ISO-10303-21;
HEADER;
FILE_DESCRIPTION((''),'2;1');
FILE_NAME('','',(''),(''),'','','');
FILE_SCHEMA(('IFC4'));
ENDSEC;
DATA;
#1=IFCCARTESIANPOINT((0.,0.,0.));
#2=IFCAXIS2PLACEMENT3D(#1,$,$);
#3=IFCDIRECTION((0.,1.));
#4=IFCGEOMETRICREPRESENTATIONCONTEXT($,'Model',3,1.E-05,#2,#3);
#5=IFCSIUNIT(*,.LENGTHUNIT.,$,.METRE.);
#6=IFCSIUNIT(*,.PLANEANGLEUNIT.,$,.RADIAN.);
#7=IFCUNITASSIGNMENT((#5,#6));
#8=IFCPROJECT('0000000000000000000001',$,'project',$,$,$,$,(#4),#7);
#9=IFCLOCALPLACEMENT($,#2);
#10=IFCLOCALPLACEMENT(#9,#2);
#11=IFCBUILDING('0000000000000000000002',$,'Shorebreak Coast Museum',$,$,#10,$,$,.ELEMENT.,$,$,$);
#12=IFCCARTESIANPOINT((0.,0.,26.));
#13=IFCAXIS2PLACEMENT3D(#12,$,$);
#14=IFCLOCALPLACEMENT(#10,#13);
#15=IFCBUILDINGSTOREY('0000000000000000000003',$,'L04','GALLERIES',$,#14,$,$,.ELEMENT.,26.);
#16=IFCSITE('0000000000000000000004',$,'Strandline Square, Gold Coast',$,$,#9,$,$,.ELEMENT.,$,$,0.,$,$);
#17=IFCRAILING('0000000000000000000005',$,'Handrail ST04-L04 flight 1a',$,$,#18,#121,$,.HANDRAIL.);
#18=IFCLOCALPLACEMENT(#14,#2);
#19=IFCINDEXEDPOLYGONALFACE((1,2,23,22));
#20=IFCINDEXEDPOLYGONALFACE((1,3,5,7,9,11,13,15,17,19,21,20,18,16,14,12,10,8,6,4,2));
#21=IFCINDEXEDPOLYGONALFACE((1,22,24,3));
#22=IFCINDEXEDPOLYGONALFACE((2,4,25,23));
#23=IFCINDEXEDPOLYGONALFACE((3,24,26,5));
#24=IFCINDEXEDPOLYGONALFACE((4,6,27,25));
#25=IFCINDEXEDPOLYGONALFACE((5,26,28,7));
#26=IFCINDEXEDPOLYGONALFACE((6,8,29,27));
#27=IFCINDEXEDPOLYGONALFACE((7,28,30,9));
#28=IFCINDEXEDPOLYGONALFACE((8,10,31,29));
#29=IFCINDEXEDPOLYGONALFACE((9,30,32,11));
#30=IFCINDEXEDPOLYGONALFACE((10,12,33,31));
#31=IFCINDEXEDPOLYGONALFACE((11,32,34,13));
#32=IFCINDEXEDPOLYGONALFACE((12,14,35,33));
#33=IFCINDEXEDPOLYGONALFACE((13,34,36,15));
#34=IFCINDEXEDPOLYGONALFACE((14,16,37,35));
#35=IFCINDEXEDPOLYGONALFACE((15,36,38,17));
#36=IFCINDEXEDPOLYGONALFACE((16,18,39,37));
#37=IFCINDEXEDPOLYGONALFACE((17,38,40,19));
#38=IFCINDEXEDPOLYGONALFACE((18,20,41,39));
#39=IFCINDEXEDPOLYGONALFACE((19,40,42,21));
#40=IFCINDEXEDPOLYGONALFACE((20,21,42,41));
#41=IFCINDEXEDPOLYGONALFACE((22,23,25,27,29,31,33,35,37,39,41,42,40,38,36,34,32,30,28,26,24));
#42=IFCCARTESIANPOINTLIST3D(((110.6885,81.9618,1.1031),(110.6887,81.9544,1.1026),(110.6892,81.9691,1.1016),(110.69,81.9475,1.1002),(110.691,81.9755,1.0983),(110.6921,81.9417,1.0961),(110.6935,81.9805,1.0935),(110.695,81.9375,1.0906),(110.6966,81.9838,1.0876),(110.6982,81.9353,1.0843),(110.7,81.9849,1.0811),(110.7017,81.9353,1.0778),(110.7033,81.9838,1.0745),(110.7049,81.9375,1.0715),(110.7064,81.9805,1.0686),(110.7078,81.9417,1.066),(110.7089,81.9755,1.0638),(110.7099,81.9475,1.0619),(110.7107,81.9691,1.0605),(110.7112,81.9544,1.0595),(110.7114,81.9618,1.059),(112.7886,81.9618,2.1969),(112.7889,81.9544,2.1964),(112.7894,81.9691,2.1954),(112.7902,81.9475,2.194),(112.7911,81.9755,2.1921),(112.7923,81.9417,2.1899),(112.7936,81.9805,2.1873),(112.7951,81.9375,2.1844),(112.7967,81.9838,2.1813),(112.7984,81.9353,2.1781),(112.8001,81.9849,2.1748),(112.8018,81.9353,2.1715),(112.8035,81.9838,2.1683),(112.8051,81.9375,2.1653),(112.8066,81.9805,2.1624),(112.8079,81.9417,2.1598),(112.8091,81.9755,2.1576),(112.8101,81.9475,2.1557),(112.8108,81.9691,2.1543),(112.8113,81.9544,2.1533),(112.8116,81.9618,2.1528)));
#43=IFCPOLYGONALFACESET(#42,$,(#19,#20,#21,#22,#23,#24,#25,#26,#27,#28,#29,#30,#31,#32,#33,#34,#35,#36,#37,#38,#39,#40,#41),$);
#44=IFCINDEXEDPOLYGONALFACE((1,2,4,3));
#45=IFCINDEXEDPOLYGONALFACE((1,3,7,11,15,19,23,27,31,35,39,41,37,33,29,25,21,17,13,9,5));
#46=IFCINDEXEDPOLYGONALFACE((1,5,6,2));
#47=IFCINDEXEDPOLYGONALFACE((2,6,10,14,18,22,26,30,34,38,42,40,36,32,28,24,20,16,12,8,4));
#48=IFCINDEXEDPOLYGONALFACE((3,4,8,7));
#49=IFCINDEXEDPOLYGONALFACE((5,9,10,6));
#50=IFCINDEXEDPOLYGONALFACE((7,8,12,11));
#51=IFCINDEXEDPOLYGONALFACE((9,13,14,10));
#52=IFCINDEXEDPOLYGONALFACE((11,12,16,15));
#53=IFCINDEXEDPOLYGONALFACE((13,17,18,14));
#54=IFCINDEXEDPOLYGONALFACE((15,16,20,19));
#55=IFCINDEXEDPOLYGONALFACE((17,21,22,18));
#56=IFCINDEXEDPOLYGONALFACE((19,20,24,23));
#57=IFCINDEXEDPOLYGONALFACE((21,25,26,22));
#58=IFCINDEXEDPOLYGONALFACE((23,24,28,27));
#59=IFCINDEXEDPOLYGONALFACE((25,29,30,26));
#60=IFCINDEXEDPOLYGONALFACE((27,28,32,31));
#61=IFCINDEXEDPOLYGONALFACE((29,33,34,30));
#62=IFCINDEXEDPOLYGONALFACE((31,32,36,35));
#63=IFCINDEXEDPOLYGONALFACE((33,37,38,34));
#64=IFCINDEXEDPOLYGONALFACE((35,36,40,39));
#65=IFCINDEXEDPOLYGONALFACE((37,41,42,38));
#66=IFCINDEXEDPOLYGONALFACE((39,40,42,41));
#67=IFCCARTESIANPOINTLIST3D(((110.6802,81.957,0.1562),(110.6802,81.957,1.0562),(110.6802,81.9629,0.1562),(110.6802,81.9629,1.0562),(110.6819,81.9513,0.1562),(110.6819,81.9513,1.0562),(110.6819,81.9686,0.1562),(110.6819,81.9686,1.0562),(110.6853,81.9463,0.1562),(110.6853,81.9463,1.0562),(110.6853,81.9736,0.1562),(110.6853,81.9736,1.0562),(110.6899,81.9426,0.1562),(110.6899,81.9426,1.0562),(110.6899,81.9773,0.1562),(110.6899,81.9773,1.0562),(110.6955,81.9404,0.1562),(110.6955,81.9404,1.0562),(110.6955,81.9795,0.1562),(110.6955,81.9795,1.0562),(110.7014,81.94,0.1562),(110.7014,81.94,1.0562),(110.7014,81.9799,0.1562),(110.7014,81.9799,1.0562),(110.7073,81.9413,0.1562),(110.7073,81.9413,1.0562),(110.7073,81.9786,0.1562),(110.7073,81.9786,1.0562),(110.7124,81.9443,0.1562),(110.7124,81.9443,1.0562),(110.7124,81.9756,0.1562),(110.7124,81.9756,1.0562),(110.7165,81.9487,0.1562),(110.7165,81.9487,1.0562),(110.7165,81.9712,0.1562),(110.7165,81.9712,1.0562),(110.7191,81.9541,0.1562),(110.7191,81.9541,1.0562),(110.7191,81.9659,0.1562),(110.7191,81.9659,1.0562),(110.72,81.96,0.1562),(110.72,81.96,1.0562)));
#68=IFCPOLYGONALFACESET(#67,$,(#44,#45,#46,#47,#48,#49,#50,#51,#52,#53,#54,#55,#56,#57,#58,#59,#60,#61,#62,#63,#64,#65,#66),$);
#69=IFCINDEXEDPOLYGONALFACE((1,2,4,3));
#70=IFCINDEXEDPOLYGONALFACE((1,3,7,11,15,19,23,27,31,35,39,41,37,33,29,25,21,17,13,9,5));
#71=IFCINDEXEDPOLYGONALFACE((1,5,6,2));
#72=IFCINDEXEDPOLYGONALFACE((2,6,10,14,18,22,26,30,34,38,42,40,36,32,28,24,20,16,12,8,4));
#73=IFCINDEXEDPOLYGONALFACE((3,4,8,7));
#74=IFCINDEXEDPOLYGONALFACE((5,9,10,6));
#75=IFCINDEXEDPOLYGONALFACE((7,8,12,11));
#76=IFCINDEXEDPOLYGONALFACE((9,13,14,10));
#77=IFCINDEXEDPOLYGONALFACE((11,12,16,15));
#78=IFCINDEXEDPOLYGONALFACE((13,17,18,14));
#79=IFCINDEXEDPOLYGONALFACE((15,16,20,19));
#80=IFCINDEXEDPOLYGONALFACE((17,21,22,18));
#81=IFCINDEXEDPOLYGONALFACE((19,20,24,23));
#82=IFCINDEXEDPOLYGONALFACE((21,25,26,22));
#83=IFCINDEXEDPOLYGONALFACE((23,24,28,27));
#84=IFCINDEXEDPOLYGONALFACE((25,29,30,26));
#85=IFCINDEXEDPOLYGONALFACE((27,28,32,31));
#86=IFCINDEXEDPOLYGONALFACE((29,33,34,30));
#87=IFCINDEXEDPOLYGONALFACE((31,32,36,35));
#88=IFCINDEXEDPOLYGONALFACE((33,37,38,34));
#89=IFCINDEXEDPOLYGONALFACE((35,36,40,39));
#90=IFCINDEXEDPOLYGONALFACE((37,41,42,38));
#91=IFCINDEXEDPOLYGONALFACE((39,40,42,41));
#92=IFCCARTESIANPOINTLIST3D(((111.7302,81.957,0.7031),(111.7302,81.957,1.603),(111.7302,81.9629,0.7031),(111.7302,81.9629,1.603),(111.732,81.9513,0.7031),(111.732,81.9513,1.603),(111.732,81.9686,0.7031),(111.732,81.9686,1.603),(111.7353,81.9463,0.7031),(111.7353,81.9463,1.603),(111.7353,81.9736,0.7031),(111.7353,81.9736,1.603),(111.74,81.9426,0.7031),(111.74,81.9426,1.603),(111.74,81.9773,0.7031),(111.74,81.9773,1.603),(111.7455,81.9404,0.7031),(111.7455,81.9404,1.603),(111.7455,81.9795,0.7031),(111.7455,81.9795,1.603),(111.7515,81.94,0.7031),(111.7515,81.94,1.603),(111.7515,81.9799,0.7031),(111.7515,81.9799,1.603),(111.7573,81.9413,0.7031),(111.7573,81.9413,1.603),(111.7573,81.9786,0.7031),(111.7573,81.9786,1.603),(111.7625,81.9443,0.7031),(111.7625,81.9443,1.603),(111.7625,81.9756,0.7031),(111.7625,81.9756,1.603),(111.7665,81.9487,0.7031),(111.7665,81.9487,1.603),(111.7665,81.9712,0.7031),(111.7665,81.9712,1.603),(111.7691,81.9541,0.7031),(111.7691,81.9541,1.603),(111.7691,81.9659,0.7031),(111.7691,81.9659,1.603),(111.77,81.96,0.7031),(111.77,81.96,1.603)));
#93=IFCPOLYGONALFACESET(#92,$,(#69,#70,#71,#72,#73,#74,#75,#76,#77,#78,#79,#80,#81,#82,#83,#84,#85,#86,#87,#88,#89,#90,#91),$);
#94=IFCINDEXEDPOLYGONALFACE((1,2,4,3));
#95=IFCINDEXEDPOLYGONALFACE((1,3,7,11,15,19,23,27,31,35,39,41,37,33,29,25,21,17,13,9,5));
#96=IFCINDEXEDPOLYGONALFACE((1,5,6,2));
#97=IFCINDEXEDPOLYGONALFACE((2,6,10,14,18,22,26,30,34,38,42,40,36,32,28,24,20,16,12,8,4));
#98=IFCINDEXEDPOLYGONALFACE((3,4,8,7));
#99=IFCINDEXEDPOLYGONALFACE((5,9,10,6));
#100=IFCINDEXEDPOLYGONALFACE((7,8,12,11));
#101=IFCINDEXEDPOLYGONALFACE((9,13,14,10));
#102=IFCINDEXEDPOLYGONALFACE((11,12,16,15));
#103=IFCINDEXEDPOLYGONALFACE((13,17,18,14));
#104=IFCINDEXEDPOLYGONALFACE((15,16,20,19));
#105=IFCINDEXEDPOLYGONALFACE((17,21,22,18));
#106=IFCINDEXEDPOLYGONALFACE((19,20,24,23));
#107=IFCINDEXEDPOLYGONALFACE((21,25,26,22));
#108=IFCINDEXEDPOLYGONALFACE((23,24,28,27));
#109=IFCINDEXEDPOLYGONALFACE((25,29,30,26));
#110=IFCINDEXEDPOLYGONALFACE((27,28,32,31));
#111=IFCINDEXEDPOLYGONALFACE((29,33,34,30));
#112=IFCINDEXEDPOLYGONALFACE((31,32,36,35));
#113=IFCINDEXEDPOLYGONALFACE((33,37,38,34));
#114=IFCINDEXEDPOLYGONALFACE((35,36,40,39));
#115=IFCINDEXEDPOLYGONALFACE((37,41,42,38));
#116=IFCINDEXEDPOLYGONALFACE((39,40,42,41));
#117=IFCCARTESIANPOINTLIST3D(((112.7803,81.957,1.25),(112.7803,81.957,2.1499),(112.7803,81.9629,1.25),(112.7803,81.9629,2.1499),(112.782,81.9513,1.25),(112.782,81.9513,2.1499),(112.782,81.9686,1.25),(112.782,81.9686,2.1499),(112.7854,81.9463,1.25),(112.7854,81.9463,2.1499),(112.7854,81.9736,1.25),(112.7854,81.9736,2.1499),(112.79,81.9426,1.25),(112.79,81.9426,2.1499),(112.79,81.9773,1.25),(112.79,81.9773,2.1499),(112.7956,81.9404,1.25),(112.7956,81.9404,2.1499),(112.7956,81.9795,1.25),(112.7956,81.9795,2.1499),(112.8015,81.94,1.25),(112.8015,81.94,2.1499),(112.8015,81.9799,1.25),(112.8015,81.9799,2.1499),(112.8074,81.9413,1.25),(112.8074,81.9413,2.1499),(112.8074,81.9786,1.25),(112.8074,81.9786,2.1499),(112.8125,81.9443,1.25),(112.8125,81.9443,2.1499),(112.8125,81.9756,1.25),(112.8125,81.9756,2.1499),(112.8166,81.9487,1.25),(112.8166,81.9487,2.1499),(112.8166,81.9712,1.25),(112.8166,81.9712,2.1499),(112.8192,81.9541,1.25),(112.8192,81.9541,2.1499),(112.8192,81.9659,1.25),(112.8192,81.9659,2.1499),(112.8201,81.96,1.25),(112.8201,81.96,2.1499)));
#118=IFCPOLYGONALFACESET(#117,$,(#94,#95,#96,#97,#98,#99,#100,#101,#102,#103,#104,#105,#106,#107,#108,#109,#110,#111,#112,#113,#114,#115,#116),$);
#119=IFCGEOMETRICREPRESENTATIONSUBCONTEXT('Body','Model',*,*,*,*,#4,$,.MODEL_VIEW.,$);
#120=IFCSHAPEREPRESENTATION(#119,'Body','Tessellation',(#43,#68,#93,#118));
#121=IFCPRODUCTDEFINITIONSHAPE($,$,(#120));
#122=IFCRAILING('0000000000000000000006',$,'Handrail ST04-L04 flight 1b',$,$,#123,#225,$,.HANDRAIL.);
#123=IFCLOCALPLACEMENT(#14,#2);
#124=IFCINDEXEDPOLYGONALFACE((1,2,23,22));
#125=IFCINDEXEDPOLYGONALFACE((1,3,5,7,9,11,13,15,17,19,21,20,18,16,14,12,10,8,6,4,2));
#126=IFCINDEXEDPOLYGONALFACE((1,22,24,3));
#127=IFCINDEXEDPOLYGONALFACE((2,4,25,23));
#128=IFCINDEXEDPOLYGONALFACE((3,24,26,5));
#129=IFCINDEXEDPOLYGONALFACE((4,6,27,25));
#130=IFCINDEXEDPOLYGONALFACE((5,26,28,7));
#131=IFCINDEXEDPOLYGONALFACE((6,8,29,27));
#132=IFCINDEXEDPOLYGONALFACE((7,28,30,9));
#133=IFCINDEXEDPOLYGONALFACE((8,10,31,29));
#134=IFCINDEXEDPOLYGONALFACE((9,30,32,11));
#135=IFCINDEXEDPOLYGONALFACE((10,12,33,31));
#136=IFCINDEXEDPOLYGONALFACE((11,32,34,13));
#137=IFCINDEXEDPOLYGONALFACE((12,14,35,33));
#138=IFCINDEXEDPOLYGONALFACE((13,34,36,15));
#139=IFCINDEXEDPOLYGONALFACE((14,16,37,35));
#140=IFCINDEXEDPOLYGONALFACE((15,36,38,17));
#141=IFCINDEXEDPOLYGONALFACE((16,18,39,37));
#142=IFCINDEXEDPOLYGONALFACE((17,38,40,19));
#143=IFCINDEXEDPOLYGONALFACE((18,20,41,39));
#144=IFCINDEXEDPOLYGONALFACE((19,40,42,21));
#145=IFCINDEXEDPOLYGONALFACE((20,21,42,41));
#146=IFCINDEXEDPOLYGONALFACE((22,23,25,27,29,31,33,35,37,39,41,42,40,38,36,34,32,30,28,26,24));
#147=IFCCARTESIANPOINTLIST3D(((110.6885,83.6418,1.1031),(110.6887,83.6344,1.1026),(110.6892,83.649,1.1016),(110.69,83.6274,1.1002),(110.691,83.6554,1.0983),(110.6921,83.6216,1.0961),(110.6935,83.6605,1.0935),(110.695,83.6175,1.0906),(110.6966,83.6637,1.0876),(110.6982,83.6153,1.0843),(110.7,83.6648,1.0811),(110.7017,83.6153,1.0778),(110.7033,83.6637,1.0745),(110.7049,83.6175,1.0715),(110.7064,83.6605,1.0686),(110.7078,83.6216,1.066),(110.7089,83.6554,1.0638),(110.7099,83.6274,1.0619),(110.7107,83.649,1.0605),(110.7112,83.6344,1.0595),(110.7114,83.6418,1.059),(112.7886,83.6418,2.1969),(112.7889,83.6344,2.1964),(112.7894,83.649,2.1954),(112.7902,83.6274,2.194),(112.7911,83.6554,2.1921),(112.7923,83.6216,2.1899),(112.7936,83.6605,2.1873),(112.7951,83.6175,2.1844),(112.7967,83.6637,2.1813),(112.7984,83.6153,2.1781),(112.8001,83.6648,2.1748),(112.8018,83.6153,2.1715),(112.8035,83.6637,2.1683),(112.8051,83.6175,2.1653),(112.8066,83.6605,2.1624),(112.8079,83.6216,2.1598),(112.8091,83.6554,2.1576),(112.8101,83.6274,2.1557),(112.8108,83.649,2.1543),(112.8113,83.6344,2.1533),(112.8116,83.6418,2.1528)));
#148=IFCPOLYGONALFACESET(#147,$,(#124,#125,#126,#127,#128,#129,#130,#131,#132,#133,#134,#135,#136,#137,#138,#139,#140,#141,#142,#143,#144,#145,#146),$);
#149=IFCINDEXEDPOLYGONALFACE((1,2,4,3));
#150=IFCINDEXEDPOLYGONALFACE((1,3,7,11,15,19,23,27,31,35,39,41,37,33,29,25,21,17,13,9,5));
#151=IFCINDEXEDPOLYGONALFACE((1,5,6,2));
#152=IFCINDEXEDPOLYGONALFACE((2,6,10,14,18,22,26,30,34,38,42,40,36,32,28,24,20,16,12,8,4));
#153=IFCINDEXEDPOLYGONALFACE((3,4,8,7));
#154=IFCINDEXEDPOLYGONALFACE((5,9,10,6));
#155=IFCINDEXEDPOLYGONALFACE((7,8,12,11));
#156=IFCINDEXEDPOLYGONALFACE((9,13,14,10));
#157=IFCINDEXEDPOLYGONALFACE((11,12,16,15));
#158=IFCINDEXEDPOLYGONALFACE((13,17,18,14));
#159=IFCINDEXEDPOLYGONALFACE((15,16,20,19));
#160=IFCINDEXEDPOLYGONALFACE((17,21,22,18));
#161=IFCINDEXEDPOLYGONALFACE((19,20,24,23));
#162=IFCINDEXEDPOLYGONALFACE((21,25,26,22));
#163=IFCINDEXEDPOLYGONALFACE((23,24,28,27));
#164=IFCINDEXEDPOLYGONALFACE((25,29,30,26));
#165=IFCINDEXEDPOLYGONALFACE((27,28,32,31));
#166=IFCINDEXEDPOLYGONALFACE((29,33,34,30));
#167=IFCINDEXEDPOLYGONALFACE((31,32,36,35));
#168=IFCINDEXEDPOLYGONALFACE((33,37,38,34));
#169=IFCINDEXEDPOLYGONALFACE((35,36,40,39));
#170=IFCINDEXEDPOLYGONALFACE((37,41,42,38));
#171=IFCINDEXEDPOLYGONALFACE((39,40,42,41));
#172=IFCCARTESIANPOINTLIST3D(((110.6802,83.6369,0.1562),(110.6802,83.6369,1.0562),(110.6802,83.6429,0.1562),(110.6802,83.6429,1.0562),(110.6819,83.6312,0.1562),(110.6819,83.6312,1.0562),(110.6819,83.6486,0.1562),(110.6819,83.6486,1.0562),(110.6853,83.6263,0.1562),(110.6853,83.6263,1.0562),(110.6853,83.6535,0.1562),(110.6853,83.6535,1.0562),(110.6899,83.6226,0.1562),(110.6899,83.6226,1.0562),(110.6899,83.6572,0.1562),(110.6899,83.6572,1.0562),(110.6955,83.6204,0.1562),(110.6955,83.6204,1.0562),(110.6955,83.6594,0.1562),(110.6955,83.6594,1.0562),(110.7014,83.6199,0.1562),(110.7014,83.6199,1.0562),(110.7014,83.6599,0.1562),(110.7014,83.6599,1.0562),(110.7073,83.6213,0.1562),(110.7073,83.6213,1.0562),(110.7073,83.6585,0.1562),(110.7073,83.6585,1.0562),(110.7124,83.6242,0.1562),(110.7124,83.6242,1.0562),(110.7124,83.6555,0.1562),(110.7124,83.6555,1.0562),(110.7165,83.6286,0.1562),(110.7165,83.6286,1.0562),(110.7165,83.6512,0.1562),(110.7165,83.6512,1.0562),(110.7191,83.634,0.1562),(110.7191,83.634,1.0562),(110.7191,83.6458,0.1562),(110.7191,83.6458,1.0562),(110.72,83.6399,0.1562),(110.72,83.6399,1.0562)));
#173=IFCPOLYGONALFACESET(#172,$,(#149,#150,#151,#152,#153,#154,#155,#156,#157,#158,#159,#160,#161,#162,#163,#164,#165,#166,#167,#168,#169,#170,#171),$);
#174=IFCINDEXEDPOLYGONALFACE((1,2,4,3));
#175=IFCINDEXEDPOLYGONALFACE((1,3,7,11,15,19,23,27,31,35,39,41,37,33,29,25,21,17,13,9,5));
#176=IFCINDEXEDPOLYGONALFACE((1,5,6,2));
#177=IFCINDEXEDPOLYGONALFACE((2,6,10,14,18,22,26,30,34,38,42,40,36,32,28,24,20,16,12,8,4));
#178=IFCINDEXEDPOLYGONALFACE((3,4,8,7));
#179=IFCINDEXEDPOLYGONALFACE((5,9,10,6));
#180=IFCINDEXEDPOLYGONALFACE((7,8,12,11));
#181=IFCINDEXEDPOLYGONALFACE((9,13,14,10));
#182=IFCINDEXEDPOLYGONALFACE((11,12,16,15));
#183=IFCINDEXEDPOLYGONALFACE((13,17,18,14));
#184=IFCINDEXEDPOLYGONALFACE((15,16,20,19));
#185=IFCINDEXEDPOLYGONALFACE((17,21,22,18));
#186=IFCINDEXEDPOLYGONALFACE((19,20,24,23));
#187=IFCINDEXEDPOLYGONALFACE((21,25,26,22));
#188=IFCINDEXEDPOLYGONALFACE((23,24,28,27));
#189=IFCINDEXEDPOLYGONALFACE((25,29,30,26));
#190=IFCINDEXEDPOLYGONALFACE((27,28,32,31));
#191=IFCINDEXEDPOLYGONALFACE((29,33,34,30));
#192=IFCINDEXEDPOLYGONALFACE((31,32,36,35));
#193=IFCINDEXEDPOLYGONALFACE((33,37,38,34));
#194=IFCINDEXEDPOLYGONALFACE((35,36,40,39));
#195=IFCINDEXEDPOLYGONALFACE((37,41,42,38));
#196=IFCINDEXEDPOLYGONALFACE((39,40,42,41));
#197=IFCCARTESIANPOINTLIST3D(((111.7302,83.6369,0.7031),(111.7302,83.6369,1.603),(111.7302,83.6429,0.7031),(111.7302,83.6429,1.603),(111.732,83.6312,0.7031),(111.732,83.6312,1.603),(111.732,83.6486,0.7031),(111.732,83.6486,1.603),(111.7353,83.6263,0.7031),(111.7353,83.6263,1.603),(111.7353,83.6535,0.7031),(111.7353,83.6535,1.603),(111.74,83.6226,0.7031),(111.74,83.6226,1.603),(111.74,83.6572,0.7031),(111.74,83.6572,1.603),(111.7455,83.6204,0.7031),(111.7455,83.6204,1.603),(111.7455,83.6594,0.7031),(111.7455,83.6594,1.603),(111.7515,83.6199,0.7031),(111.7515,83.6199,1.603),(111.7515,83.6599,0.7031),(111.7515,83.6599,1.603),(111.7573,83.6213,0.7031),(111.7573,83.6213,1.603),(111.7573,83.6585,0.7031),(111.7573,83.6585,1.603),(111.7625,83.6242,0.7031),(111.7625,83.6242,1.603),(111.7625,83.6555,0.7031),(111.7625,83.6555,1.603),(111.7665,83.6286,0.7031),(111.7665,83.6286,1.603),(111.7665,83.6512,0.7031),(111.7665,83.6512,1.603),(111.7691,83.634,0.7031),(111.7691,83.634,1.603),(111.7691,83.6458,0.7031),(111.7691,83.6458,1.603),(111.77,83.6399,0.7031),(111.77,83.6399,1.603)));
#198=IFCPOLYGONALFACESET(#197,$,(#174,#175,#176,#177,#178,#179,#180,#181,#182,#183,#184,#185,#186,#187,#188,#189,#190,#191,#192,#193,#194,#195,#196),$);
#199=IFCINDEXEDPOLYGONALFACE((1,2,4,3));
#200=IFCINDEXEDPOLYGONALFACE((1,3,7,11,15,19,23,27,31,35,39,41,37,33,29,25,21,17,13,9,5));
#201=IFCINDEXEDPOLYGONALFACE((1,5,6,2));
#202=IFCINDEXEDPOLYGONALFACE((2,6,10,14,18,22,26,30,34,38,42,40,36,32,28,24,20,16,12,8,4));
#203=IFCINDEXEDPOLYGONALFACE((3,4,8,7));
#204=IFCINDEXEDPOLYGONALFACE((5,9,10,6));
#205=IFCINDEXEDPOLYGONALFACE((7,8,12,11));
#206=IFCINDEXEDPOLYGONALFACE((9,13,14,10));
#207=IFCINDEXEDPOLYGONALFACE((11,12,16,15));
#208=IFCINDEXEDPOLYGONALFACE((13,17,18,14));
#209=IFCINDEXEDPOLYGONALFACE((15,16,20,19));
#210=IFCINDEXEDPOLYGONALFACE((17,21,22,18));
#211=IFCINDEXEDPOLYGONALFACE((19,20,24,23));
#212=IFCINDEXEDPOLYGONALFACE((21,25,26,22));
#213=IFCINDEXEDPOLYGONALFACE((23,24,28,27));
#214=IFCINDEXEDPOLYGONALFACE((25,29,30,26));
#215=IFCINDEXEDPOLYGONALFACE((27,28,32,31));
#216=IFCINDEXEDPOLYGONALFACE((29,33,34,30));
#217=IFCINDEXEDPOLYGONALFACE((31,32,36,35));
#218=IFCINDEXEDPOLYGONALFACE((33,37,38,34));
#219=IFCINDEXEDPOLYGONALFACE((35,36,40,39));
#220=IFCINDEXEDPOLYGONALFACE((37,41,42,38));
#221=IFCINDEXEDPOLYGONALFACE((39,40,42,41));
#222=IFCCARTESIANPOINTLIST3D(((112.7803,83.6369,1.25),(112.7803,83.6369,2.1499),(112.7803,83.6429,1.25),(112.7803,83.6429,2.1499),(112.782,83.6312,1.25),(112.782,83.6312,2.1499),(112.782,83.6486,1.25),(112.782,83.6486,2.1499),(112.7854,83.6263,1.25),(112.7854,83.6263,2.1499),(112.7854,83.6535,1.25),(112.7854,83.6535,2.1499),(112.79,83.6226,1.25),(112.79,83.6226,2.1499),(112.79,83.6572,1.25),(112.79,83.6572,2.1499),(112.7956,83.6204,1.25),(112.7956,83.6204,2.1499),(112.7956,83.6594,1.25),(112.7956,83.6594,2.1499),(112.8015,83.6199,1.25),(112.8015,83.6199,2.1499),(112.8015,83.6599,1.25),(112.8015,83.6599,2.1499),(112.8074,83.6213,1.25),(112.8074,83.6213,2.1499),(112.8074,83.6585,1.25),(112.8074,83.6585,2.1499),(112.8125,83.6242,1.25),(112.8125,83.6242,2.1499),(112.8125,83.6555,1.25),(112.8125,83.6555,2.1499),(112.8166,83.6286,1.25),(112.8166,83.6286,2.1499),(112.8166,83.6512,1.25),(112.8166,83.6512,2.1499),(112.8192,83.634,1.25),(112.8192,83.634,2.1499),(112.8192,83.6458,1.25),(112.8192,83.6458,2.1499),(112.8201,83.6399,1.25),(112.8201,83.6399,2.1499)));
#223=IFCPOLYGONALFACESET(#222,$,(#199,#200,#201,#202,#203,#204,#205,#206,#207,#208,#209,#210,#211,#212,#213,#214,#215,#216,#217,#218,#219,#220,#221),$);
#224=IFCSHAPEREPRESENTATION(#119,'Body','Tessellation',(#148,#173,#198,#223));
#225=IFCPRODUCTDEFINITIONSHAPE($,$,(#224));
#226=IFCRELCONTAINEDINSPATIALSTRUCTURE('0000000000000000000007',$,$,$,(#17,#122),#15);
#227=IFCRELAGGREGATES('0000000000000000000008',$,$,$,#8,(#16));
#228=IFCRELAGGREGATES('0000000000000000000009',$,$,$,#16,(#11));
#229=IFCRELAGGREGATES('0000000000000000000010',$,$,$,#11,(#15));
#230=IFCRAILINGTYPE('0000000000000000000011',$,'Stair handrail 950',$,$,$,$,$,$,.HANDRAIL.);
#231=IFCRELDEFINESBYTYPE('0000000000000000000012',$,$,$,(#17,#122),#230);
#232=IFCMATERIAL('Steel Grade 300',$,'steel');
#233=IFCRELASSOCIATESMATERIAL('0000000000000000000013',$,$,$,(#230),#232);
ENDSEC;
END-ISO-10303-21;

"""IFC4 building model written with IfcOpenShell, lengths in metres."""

from ifc_helpers import new_model, si_unit, direction, frame, origin, origin_2d, place, context, subcontext, project, spatial, circle, extrude, material, type_object, element, save


model = new_model("IFC4")

# Units and contexts
model_context = context("Model", 3, precision=1e-05, world=origin(), true_north=direction((0.0, 1.0)))
body_context = subcontext(model_context, "Body", "Model", "MODEL_VIEW")
ifc_project = project(units=[si_unit("LENGTHUNIT", "METRE"), si_unit("PLANEANGLEUNIT", "RADIAN")], contexts=[model_context])

# Site, building, storey
site_placement = place(None, origin())
site = spatial("IfcSite", under=ifc_project, at=site_placement, Name="Strandline Square, Gold Coast", CompositionType="ELEMENT", RefElevation=0.0)
building_placement = place(site_placement, origin())
building = spatial("IfcBuilding", under=site, at=building_placement, Name="Shorebreak Coast Museum", CompositionType="ELEMENT")
storey_placement = place(building_placement, frame((0.0, 0.0, 26.0)))
storey = spatial("IfcBuildingStorey", under=building, at=storey_placement, Name="L04", Description="GALLERIES", CompositionType="ELEMENT", Elevation=26.0)

# Railings
ifc_material_1 = material(Name="Steel Grade 300", Category="steel")
railing_type_1 = type_object("IfcRailingType", Name="Stair handrail 950", PredefinedType="HANDRAIL", material=ifc_material_1)
for number, where, name in (
    (1, (110.7, 81.96, 0.1562), "Handrail ST04-L04 flight 1a"),
    (2, (110.7, 83.6399, 0.1562), "Handrail ST04-L04 flight 1b"),
):
    element("IfcRailing", number, at=place(storey_placement, frame(where)), inside=storey, type_object=railing_type_1, Name=name, PredefinedType="HANDRAIL", context=body_context, shape_type="SweptSolid", body=[
        extrude(circle(Radius=0.0249, at=origin_2d()), frame((0.0, 0.0, 0.9248), z_axis=(0.886923, 0.0, 0.461918), x_axis=(0.0, 1.0, 0.0)), (0.0, 0.0, 1.0), 2.3679),
        extrude(circle(Radius=0.02, at=origin_2d()), origin(), (0.0, 0.0, 1.0), 0.8999),
        extrude(circle(Radius=0.02, at=origin_2d()), frame((1.05, 0.0, 0.5469)), (0.0, 0.0, 1.0), 0.8999),
        extrude(circle(Radius=0.02, at=origin_2d()), frame((2.1001, 0.0, 1.0938)), (0.0, 0.0, 1.0), 0.8999),
    ])

save(model, "model.ifc")
